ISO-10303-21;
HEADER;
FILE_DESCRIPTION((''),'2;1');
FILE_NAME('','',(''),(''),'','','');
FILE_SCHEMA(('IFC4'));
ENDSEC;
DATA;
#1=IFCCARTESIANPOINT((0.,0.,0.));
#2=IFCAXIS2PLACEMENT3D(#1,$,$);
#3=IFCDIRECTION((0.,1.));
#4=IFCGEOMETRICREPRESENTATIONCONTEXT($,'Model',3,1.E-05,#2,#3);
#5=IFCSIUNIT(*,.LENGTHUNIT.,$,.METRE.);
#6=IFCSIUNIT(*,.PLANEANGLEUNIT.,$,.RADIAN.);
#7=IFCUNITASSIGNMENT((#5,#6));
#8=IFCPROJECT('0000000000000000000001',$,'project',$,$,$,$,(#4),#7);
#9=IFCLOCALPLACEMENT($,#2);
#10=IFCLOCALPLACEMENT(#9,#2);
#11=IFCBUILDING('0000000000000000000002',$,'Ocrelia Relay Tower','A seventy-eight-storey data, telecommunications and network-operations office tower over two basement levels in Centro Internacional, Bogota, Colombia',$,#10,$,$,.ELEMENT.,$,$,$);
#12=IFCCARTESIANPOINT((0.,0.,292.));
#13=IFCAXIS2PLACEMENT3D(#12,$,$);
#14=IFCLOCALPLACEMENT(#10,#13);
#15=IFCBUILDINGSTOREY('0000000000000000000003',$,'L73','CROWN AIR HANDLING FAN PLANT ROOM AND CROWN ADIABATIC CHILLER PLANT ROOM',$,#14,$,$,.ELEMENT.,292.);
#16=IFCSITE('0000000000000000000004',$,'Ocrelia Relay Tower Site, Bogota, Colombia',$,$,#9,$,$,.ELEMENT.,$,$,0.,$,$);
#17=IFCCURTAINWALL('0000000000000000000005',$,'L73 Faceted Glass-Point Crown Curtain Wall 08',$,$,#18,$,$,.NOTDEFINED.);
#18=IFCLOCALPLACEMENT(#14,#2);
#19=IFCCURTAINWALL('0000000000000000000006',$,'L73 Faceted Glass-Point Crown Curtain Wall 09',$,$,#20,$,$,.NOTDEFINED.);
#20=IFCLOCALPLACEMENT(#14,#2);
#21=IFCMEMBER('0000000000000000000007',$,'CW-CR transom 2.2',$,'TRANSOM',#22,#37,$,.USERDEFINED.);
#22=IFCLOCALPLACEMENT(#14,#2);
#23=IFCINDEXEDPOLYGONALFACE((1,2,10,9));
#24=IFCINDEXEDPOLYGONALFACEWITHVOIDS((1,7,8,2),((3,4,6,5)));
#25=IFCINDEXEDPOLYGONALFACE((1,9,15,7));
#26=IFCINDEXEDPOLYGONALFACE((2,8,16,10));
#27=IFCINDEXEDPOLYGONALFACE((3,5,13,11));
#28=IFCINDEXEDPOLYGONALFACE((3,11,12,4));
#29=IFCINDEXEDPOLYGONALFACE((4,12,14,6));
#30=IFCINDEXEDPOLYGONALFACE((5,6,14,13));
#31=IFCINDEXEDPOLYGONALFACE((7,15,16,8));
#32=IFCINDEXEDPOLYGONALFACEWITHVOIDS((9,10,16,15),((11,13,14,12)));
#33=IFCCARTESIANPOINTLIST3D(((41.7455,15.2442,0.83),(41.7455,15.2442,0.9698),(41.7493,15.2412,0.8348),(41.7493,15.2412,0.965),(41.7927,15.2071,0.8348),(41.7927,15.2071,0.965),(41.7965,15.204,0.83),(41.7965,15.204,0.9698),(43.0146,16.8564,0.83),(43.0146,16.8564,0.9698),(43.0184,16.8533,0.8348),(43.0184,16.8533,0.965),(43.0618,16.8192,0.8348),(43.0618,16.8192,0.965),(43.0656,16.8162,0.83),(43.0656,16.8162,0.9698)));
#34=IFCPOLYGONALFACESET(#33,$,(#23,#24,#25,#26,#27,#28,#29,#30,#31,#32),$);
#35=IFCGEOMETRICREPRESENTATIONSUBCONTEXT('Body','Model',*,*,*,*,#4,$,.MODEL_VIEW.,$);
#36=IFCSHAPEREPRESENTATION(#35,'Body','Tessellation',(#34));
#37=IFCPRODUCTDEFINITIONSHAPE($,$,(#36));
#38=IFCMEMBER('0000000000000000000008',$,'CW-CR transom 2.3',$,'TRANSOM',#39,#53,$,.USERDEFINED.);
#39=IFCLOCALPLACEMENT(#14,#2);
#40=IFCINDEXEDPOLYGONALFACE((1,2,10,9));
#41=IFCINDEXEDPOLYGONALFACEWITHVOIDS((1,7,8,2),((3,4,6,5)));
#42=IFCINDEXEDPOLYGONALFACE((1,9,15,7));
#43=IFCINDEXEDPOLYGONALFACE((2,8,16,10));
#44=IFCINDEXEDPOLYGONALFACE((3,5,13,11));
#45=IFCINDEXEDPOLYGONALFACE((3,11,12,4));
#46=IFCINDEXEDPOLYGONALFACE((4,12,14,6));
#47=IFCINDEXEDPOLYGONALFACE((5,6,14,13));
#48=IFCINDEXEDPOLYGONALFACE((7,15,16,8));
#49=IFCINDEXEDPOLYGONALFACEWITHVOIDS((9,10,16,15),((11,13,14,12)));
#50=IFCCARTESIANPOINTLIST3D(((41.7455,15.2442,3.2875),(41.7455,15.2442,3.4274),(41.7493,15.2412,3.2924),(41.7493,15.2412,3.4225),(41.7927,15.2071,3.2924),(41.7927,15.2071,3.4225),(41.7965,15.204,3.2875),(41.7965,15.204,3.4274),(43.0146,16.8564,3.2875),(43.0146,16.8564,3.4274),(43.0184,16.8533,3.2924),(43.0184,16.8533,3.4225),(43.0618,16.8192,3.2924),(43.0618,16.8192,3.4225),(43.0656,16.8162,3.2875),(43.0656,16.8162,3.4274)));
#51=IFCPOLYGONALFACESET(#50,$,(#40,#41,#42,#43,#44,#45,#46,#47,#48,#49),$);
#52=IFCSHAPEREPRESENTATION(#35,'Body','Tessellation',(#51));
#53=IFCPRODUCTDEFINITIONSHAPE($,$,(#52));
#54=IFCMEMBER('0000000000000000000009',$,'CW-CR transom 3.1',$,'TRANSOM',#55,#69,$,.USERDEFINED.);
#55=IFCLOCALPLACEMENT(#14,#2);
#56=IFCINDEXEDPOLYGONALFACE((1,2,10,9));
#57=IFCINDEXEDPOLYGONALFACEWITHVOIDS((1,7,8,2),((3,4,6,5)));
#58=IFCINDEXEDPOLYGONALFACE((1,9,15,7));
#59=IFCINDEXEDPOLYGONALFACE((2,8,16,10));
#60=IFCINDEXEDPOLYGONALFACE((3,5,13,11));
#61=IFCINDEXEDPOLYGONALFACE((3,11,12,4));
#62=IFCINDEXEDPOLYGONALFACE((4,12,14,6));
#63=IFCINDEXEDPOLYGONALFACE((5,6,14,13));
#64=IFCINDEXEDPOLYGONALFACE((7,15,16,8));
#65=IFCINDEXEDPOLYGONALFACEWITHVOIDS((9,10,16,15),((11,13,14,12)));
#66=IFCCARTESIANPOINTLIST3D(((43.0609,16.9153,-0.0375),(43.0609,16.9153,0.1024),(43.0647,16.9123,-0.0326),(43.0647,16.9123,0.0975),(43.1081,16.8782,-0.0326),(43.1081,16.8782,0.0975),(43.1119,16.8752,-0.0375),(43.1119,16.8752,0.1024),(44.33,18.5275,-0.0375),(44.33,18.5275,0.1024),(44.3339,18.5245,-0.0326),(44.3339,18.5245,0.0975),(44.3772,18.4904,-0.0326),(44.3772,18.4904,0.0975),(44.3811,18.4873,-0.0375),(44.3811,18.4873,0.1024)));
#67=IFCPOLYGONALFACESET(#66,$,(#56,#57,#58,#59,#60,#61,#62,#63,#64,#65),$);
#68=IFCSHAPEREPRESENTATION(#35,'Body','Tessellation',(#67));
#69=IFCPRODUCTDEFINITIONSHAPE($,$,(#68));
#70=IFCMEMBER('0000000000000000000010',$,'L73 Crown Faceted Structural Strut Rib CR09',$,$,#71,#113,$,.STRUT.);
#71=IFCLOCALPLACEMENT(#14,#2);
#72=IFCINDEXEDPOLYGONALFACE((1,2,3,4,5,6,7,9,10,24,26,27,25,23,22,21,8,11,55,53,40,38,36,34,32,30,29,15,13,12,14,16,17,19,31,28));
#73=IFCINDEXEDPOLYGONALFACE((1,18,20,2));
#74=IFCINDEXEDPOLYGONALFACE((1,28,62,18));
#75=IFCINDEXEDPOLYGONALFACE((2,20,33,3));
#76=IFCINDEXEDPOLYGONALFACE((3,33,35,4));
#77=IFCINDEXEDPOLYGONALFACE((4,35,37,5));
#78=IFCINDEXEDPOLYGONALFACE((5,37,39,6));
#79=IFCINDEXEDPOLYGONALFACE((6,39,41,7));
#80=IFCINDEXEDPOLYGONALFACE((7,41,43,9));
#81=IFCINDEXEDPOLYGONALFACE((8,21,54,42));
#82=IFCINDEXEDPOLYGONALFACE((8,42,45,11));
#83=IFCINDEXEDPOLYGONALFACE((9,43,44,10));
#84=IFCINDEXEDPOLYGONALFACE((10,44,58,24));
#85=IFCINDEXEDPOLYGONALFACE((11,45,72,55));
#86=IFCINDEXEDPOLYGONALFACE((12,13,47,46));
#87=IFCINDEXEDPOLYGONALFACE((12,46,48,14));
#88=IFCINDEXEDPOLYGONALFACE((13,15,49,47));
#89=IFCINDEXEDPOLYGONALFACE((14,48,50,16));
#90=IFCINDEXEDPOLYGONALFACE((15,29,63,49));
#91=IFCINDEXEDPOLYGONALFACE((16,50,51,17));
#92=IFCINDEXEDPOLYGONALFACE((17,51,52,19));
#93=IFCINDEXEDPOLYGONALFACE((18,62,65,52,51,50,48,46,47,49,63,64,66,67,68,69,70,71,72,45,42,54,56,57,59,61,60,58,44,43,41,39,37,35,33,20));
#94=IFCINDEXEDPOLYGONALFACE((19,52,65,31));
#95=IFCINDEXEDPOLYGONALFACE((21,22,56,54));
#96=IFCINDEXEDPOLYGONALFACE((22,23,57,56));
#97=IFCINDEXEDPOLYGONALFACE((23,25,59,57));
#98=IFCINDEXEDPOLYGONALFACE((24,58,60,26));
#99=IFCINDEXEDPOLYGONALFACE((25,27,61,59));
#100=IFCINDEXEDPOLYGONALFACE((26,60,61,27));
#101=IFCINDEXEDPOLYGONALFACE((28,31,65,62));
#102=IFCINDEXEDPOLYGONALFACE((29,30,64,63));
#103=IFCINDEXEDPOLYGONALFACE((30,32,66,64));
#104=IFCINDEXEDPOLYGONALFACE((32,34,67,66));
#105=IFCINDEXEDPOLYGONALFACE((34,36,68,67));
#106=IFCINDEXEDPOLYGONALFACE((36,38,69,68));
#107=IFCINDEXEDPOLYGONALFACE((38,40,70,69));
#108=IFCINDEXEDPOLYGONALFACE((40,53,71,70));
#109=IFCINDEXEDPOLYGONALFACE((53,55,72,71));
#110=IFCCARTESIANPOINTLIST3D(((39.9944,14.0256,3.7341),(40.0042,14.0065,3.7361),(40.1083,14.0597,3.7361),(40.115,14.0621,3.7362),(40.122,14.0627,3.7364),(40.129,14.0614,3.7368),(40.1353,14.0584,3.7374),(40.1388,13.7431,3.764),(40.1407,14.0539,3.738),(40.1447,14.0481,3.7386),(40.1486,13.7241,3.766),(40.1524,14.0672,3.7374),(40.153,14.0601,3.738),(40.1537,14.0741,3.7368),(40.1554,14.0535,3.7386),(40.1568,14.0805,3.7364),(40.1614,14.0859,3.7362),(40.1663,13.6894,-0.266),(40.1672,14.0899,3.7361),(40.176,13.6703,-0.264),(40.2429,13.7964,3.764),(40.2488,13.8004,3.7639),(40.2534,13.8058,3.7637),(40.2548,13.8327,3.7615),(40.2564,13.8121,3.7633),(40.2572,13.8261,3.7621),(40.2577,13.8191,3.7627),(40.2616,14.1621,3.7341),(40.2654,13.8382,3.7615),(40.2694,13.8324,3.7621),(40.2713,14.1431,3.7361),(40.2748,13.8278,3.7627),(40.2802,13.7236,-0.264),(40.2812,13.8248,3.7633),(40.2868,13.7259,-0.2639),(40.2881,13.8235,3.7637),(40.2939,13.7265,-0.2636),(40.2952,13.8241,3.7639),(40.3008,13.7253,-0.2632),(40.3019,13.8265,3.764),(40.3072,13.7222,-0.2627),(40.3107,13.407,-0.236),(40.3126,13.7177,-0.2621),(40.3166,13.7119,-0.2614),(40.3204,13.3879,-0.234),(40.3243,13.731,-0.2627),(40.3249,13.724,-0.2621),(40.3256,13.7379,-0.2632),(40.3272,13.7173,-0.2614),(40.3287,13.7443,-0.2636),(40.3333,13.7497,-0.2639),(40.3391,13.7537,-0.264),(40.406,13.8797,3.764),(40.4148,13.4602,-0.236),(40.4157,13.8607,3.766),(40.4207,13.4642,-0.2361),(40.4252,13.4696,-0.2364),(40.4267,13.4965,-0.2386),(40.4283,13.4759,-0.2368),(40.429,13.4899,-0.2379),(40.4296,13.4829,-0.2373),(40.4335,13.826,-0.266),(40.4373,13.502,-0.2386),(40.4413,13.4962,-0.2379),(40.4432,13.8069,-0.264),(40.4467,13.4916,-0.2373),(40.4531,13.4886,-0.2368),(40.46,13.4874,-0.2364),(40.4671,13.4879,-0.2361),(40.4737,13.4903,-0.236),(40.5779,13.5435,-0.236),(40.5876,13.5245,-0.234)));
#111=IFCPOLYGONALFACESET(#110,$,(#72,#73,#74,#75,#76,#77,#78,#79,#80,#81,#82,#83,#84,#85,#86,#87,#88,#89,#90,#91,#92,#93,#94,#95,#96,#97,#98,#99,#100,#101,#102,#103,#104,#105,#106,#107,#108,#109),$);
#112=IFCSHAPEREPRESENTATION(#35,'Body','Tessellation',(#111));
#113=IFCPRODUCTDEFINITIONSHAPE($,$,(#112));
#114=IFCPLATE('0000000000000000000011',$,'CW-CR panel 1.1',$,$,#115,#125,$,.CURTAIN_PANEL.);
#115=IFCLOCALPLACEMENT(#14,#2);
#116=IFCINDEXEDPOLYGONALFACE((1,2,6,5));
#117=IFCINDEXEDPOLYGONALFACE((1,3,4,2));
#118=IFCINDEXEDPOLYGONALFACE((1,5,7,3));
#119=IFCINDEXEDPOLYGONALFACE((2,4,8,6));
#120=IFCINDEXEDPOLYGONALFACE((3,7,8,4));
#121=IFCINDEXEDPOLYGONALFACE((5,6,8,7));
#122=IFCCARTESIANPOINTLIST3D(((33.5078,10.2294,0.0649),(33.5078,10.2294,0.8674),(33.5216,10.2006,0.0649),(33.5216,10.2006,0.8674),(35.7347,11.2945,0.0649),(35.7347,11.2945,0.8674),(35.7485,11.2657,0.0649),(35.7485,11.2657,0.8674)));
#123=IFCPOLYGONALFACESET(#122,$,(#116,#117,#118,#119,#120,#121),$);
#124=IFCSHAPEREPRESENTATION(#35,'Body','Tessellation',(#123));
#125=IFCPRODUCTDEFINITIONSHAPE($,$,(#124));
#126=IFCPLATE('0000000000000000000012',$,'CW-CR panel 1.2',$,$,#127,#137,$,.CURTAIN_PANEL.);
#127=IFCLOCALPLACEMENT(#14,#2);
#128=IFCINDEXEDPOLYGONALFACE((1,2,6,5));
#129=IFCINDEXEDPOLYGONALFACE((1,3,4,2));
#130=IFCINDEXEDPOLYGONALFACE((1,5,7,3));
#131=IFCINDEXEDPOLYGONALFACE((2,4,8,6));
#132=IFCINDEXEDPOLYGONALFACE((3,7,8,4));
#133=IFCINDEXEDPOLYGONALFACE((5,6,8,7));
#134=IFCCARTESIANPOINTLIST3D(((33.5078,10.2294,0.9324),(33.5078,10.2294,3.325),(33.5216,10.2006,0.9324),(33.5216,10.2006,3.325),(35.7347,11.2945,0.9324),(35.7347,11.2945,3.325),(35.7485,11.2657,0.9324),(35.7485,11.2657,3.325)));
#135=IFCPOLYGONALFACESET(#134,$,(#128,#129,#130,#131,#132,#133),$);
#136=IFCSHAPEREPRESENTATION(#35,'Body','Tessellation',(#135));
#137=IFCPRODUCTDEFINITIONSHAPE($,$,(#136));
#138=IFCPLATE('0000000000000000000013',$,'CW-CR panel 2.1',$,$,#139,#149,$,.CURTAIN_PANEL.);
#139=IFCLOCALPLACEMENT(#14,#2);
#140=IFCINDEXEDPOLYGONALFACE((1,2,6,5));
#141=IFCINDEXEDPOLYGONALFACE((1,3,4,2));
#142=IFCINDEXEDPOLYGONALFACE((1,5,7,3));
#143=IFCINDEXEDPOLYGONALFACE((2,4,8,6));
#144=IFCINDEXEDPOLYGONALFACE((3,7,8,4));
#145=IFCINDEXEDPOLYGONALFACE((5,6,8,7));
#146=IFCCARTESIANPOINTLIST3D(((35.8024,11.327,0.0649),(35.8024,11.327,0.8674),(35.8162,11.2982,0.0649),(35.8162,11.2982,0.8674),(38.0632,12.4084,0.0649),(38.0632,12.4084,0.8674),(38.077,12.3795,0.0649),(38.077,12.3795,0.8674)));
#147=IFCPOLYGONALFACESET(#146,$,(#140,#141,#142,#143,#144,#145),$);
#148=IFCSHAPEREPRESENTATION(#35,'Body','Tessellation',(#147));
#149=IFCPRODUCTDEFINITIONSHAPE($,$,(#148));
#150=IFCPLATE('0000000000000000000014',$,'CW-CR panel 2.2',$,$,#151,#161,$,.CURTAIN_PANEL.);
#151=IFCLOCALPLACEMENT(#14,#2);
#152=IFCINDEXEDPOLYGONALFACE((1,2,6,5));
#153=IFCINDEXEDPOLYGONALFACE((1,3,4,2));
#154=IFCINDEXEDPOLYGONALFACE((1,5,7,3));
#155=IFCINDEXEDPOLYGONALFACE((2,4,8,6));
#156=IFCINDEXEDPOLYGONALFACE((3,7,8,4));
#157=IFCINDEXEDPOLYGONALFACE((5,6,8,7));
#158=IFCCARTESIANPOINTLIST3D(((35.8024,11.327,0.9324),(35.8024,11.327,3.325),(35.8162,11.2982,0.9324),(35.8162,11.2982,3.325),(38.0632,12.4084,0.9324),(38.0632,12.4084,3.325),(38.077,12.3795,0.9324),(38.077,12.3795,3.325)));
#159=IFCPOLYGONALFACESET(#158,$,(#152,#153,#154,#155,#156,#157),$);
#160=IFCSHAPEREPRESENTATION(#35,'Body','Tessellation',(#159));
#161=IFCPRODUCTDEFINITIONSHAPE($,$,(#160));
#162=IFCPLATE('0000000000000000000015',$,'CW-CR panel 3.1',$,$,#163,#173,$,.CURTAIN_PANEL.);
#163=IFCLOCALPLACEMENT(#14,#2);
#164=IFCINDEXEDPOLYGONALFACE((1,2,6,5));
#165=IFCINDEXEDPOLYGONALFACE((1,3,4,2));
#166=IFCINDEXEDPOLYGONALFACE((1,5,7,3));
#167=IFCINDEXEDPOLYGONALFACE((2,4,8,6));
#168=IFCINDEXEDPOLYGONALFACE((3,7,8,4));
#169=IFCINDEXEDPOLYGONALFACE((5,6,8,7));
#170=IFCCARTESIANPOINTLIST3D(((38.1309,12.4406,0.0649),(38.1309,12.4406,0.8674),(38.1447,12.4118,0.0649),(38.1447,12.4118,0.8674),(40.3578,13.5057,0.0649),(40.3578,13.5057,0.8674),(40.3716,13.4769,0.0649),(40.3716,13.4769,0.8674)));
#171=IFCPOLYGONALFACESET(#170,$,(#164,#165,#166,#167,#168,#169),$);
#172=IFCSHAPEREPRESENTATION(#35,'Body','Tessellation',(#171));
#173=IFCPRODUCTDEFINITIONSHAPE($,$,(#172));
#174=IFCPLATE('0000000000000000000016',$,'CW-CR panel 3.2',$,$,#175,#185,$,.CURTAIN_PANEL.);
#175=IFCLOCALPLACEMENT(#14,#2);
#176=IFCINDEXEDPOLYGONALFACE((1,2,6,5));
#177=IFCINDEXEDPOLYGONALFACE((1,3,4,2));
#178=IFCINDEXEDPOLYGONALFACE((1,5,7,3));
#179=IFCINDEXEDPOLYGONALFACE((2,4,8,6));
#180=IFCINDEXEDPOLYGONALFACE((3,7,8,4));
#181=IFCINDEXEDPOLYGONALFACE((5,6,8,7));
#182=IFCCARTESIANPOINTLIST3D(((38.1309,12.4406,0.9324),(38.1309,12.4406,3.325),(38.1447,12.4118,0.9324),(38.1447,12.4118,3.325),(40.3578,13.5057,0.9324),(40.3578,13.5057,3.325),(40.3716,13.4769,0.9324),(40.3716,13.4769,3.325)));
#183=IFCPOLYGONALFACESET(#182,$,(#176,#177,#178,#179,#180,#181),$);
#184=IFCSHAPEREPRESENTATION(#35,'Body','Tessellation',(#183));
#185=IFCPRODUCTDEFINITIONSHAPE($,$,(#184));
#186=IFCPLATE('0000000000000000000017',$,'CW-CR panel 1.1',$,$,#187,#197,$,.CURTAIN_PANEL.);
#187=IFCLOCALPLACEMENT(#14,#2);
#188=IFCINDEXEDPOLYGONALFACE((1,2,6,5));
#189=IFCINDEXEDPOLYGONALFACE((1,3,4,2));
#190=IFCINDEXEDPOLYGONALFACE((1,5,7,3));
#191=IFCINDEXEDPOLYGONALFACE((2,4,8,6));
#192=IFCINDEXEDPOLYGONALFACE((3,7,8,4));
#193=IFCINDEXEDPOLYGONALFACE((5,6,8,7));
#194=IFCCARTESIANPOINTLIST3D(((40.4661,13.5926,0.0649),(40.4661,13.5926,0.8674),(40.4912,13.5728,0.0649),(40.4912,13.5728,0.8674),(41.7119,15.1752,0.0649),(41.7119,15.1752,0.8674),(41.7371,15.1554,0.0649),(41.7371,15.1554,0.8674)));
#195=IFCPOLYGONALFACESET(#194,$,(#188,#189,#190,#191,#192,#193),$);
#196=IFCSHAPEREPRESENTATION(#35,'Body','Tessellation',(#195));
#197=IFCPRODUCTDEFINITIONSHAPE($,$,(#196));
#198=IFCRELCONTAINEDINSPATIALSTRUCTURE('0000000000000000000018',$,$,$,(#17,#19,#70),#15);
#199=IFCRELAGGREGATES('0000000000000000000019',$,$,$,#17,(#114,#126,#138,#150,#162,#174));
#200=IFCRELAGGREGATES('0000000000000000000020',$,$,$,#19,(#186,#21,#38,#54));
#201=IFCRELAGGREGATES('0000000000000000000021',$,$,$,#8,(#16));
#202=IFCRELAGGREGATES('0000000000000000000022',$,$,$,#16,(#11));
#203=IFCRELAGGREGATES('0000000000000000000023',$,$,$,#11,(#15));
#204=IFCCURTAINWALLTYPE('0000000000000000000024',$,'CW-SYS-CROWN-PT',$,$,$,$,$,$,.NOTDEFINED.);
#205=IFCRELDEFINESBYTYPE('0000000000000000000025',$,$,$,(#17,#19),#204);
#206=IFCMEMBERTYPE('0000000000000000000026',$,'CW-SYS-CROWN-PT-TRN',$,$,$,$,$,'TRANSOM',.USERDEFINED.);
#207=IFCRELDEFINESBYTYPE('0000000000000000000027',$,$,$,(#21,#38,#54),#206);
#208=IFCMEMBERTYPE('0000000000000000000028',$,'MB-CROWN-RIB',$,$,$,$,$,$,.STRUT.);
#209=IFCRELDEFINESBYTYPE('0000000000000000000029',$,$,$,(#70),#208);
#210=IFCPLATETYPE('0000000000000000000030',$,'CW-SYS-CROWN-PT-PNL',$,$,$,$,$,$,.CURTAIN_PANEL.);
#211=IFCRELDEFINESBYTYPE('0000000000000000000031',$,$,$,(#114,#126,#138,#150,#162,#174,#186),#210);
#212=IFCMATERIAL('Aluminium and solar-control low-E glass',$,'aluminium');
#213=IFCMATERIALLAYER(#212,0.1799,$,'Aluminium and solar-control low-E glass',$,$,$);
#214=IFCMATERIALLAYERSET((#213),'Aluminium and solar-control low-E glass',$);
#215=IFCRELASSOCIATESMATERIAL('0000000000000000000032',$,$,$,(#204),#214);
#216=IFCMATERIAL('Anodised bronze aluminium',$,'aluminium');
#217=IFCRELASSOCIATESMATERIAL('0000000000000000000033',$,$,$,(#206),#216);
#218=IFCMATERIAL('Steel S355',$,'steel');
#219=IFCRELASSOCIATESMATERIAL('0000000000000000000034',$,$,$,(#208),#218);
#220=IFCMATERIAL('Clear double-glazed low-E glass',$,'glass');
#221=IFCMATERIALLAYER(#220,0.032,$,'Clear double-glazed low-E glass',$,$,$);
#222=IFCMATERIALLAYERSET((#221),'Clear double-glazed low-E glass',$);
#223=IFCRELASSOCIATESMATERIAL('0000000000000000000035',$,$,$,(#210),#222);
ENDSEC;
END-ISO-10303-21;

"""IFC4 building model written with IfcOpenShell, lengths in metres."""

from ifc_helpers import new_model, si_unit, direction, frame, origin, origin_2d, place, context, subcontext, project, spatial, rectangle, hollow_rectangle, i_section, extrude, material, layer, layer_set, material_profile, profile_set, type_object, element, aggregate, save


model = new_model("IFC4")

# Units and contexts
model_context = context("Model", 3, precision=1e-05, world=origin(), true_north=direction((0.0, 1.0)))
body_context = subcontext(model_context, "Body", "Model", "MODEL_VIEW")
ifc_project = project(units=[si_unit("LENGTHUNIT", "METRE"), si_unit("PLANEANGLEUNIT", "RADIAN")], contexts=[model_context])

# Site, building, storey
site_placement = place(None, origin())
site = spatial("IfcSite", under=ifc_project, at=site_placement, Name="Ocrelia Relay Tower Site, Bogota, Colombia", CompositionType="ELEMENT", RefElevation=0.0)
building_placement = place(site_placement, origin())
building = spatial("IfcBuilding", under=site, at=building_placement, Name="Ocrelia Relay Tower", Description="A seventy-eight-storey data, telecommunications and network-operations office tower over two basement levels in Centro Internacional, Bogota, Colombia", CompositionType="ELEMENT")
storey_placement = place(building_placement, frame((0.0, 0.0, 292.0)))
storey = spatial("IfcBuildingStorey", under=building, at=storey_placement, Name="L73", Description="CROWN AIR HANDLING FAN PLANT ROOM AND CROWN ADIABATIC CHILLER PLANT ROOM", CompositionType="ELEMENT", Elevation=292.0)

# Shared definitions
ifc_material_1 = material(Name="Steel S355", Category="steel")

# Curtain walls
ifc_material_2 = material(Name="Aluminium and solar-control low-E glass", Category="aluminium")
ifc_layer_1 = layer(ifc_material_2, 0.1799, Name="Aluminium and solar-control low-E glass")
ifc_layer_set_1 = layer_set([ifc_layer_1], Name="Aluminium and solar-control low-E glass")
curtain_wall_type = type_object("IfcCurtainWallType", Name="CW-SYS-CROWN-PT", PredefinedType="NOTDEFINED", material=ifc_layer_set_1)
curtain_wall_1_placement = place(storey_placement, origin())
curtain_wall_1 = element("IfcCurtainWall", 1, at=curtain_wall_1_placement, inside=storey, type_object=curtain_wall_type, Name="L73 Faceted Glass-Point Crown Curtain Wall 08", PredefinedType="NOTDEFINED")
ifc_material_3 = material(Name="Anodised bronze aluminium", Category="aluminium")
curtain_wall_2_placement = place(storey_placement, origin())
curtain_wall_2 = element("IfcCurtainWall", 2, at=curtain_wall_2_placement, inside=storey, type_object=curtain_wall_type, Name="L73 Faceted Glass-Point Crown Curtain Wall 09", PredefinedType="NOTDEFINED")

# Members
ifc_material_profile_1 = material_profile(ifc_material_3, hollow_rectangle(XDim=0.0649, YDim=0.1399, WallThickness=0.0049, at=origin_2d()), Name="CW-TRN-140x65")
ifc_profile_set_1 = profile_set([ifc_material_profile_1], Name="Anodised bronze aluminium")
member_type_1 = type_object("IfcMemberType", Name="CW-SYS-CROWN-PT-TRN", ElementType="TRANSOM", PredefinedType="USERDEFINED", material=ifc_profile_set_1)
member_1_placement = place(storey_placement, frame((41.771, 15.2241, 0.8999), z_axis=(0.618552, 0.785744, 0.0), x_axis=(-0.785744, 0.618552, 0.0)))
member_1 = element("IfcMember", 3, at=member_1_placement, type_object=member_type_1, Name="CW-CR transom 2.2", ObjectType="TRANSOM", PredefinedType="USERDEFINED", context=body_context, shape_type="SweptSolid", body=[
    extrude(hollow_rectangle(XDim=0.0649, YDim=0.1399, WallThickness=0.0049, at=origin_2d()), origin(), (0.0, 0.0, 1.0), 2.0518),
])
member_2_placement = place(storey_placement, frame((41.771, 15.2241, 3.3574), z_axis=(0.618552, 0.785744, 0.0), x_axis=(-0.785744, 0.618552, 0.0)))
member_2 = element("IfcMember", 4, at=member_2_placement, type_object=member_type_1, Name="CW-CR transom 2.3", ObjectType="TRANSOM", PredefinedType="USERDEFINED", context=body_context, shape_type="SweptSolid", body=[
    extrude(hollow_rectangle(XDim=0.0649, YDim=0.1399, WallThickness=0.0049, at=origin_2d()), origin(), (0.0, 0.0, 1.0), 2.0518),
])
member_3_placement = place(storey_placement, frame((43.0864, 16.8953, 0.0325), z_axis=(0.618552, 0.785744, 0.0), x_axis=(-0.785744, 0.618552, 0.0)))
member_3 = element("IfcMember", 5, at=member_3_placement, type_object=member_type_1, Name="CW-CR transom 3.1", ObjectType="TRANSOM", PredefinedType="USERDEFINED", context=body_context, shape_type="SweptSolid", body=[
    extrude(hollow_rectangle(XDim=0.0649, YDim=0.1399, WallThickness=0.0049, at=origin_2d()), origin(), (0.0, 0.0, 1.0), 2.0518),
])
ifc_material_profile_2 = material_profile(ifc_material_1, i_section(OverallWidth=0.3, OverallDepth=0.3401, WebThickness=0.012, FlangeThickness=0.0215, FilletRadius=0.0271, at=origin_2d()), Name="HEB 340")
ifc_profile_set_2 = profile_set([ifc_material_profile_2], Name="Steel S355")
member_type_2 = type_object("IfcMemberType", Name="MB-CROWN-RIB", PredefinedType="STRUT", material=ifc_profile_set_2)
member_4_placement = place(storey_placement, frame((40.377, 13.6069, -0.25), z_axis=(-0.042779, 0.083673, 0.995575), x_axis=(-0.890382, -0.455214, 0.0)))
element("IfcMember", 6, at=member_4_placement, inside=storey, type_object=member_type_2, Name="L73 Crown Faceted Structural Strut Rib CR09", PredefinedType="STRUT", context=body_context, shape_type="SweptSolid", body=[
    extrude(i_section(OverallWidth=0.3, OverallDepth=0.3401, WebThickness=0.012, FlangeThickness=0.0215, FilletRadius=0.0271, at=origin_2d()), origin(), (0.0, 0.0, 1.0), 4.0178),
])

# Plates
ifc_material_4 = material(Name="Clear double-glazed low-E glass", Category="glass")
ifc_layer_2 = layer(ifc_material_4, 0.032, Name="Clear double-glazed low-E glass")
ifc_layer_set_2 = layer_set([ifc_layer_2], Name="Clear double-glazed low-E glass")
plate_type = type_object("IfcPlateType", Name="CW-SYS-CROWN-PT-PNL", PredefinedType="CURTAIN_PANEL", material=ifc_layer_set_2)
plate_1_placement = place(storey_placement, frame((34.6282, 10.7476, 0.0649), z_axis=(0.0, 0.0, 1.0), x_axis=(0.902124, 0.431477, 0.0)))
plate_1 = element("IfcPlate", 7, at=plate_1_placement, type_object=plate_type, Name="CW-CR panel 1.1", PredefinedType="CURTAIN_PANEL", context=body_context, shape_type="SweptSolid", body=[
    extrude(rectangle(XDim=2.4685, YDim=0.032, at=origin_2d()), origin(), (0.0, 0.0, 1.0), 0.8025),
])
plate_2_placement = place(storey_placement, frame((34.6282, 10.7476, 0.9324), z_axis=(0.0, 0.0, 1.0), x_axis=(0.902124, 0.431477, 0.0)))
plate_2 = element("IfcPlate", 8, at=plate_2_placement, type_object=plate_type, Name="CW-CR panel 1.2", PredefinedType="CURTAIN_PANEL", context=body_context, shape_type="SweptSolid", body=[
    extrude(rectangle(XDim=2.4685, YDim=0.032, at=origin_2d()), origin(), (0.0, 0.0, 1.0), 2.3926),
])
plate_3_placement = place(storey_placement, frame((36.9397, 11.8533, 0.0649), z_axis=(0.0, 0.0, 1.0), x_axis=(0.902124, 0.431477, 0.0)))
plate_3 = element("IfcPlate", 9, at=plate_3_placement, type_object=plate_type, Name="CW-CR panel 2.1", PredefinedType="CURTAIN_PANEL", context=body_context, shape_type="SweptSolid", body=[
    extrude(rectangle(XDim=2.5061, YDim=0.032, at=origin_2d()), origin(), (0.0, 0.0, 1.0), 0.8025),
])
plate_4_placement = place(storey_placement, frame((36.9397, 11.8533, 0.9324), z_axis=(0.0, 0.0, 1.0), x_axis=(0.902124, 0.431477, 0.0)))
plate_4 = element("IfcPlate", 10, at=plate_4_placement, type_object=plate_type, Name="CW-CR panel 2.2", PredefinedType="CURTAIN_PANEL", context=body_context, shape_type="SweptSolid", body=[
    extrude(rectangle(XDim=2.5061, YDim=0.032, at=origin_2d()), origin(), (0.0, 0.0, 1.0), 2.3926),
])
plate_5_placement = place(storey_placement, frame((39.2512, 12.9587, 0.0649), z_axis=(0.0, 0.0, 1.0), x_axis=(0.902124, 0.431477, 0.0)))
plate_5 = element("IfcPlate", 11, at=plate_5_placement, type_object=plate_type, Name="CW-CR panel 3.1", PredefinedType="CURTAIN_PANEL", context=body_context, shape_type="SweptSolid", body=[
    extrude(rectangle(XDim=2.4685, YDim=0.032, at=origin_2d()), origin(), (0.0, 0.0, 1.0), 0.8025),
])
plate_6_placement = place(storey_placement, frame((39.2512, 12.9587, 0.9324), z_axis=(0.0, 0.0, 1.0), x_axis=(0.902124, 0.431477, 0.0)))
plate_6 = element("IfcPlate", 12, at=plate_6_placement, type_object=plate_type, Name="CW-CR panel 3.2", PredefinedType="CURTAIN_PANEL", context=body_context, shape_type="SweptSolid", body=[
    extrude(rectangle(XDim=2.4685, YDim=0.032, at=origin_2d()), origin(), (0.0, 0.0, 1.0), 2.3926),
])
aggregate(curtain_wall_1, [plate_1, plate_2, plate_3, plate_4, plate_5, plate_6])
plate_7_placement = place(storey_placement, frame((41.1016, 14.374, 0.0649), z_axis=(0.0, 0.0, 1.0), x_axis=(0.618554, 0.785742, 0.0)))
plate_7 = element("IfcPlate", 13, at=plate_7_placement, type_object=plate_type, Name="CW-CR panel 1.1", PredefinedType="CURTAIN_PANEL", context=body_context, shape_type="SweptSolid", body=[
    extrude(rectangle(XDim=2.0142, YDim=0.032, at=origin_2d()), origin(), (0.0, 0.0, 1.0), 0.8025),
])
aggregate(curtain_wall_2, [plate_7, member_1, member_2, member_3])

save(model, "model.ifc")
